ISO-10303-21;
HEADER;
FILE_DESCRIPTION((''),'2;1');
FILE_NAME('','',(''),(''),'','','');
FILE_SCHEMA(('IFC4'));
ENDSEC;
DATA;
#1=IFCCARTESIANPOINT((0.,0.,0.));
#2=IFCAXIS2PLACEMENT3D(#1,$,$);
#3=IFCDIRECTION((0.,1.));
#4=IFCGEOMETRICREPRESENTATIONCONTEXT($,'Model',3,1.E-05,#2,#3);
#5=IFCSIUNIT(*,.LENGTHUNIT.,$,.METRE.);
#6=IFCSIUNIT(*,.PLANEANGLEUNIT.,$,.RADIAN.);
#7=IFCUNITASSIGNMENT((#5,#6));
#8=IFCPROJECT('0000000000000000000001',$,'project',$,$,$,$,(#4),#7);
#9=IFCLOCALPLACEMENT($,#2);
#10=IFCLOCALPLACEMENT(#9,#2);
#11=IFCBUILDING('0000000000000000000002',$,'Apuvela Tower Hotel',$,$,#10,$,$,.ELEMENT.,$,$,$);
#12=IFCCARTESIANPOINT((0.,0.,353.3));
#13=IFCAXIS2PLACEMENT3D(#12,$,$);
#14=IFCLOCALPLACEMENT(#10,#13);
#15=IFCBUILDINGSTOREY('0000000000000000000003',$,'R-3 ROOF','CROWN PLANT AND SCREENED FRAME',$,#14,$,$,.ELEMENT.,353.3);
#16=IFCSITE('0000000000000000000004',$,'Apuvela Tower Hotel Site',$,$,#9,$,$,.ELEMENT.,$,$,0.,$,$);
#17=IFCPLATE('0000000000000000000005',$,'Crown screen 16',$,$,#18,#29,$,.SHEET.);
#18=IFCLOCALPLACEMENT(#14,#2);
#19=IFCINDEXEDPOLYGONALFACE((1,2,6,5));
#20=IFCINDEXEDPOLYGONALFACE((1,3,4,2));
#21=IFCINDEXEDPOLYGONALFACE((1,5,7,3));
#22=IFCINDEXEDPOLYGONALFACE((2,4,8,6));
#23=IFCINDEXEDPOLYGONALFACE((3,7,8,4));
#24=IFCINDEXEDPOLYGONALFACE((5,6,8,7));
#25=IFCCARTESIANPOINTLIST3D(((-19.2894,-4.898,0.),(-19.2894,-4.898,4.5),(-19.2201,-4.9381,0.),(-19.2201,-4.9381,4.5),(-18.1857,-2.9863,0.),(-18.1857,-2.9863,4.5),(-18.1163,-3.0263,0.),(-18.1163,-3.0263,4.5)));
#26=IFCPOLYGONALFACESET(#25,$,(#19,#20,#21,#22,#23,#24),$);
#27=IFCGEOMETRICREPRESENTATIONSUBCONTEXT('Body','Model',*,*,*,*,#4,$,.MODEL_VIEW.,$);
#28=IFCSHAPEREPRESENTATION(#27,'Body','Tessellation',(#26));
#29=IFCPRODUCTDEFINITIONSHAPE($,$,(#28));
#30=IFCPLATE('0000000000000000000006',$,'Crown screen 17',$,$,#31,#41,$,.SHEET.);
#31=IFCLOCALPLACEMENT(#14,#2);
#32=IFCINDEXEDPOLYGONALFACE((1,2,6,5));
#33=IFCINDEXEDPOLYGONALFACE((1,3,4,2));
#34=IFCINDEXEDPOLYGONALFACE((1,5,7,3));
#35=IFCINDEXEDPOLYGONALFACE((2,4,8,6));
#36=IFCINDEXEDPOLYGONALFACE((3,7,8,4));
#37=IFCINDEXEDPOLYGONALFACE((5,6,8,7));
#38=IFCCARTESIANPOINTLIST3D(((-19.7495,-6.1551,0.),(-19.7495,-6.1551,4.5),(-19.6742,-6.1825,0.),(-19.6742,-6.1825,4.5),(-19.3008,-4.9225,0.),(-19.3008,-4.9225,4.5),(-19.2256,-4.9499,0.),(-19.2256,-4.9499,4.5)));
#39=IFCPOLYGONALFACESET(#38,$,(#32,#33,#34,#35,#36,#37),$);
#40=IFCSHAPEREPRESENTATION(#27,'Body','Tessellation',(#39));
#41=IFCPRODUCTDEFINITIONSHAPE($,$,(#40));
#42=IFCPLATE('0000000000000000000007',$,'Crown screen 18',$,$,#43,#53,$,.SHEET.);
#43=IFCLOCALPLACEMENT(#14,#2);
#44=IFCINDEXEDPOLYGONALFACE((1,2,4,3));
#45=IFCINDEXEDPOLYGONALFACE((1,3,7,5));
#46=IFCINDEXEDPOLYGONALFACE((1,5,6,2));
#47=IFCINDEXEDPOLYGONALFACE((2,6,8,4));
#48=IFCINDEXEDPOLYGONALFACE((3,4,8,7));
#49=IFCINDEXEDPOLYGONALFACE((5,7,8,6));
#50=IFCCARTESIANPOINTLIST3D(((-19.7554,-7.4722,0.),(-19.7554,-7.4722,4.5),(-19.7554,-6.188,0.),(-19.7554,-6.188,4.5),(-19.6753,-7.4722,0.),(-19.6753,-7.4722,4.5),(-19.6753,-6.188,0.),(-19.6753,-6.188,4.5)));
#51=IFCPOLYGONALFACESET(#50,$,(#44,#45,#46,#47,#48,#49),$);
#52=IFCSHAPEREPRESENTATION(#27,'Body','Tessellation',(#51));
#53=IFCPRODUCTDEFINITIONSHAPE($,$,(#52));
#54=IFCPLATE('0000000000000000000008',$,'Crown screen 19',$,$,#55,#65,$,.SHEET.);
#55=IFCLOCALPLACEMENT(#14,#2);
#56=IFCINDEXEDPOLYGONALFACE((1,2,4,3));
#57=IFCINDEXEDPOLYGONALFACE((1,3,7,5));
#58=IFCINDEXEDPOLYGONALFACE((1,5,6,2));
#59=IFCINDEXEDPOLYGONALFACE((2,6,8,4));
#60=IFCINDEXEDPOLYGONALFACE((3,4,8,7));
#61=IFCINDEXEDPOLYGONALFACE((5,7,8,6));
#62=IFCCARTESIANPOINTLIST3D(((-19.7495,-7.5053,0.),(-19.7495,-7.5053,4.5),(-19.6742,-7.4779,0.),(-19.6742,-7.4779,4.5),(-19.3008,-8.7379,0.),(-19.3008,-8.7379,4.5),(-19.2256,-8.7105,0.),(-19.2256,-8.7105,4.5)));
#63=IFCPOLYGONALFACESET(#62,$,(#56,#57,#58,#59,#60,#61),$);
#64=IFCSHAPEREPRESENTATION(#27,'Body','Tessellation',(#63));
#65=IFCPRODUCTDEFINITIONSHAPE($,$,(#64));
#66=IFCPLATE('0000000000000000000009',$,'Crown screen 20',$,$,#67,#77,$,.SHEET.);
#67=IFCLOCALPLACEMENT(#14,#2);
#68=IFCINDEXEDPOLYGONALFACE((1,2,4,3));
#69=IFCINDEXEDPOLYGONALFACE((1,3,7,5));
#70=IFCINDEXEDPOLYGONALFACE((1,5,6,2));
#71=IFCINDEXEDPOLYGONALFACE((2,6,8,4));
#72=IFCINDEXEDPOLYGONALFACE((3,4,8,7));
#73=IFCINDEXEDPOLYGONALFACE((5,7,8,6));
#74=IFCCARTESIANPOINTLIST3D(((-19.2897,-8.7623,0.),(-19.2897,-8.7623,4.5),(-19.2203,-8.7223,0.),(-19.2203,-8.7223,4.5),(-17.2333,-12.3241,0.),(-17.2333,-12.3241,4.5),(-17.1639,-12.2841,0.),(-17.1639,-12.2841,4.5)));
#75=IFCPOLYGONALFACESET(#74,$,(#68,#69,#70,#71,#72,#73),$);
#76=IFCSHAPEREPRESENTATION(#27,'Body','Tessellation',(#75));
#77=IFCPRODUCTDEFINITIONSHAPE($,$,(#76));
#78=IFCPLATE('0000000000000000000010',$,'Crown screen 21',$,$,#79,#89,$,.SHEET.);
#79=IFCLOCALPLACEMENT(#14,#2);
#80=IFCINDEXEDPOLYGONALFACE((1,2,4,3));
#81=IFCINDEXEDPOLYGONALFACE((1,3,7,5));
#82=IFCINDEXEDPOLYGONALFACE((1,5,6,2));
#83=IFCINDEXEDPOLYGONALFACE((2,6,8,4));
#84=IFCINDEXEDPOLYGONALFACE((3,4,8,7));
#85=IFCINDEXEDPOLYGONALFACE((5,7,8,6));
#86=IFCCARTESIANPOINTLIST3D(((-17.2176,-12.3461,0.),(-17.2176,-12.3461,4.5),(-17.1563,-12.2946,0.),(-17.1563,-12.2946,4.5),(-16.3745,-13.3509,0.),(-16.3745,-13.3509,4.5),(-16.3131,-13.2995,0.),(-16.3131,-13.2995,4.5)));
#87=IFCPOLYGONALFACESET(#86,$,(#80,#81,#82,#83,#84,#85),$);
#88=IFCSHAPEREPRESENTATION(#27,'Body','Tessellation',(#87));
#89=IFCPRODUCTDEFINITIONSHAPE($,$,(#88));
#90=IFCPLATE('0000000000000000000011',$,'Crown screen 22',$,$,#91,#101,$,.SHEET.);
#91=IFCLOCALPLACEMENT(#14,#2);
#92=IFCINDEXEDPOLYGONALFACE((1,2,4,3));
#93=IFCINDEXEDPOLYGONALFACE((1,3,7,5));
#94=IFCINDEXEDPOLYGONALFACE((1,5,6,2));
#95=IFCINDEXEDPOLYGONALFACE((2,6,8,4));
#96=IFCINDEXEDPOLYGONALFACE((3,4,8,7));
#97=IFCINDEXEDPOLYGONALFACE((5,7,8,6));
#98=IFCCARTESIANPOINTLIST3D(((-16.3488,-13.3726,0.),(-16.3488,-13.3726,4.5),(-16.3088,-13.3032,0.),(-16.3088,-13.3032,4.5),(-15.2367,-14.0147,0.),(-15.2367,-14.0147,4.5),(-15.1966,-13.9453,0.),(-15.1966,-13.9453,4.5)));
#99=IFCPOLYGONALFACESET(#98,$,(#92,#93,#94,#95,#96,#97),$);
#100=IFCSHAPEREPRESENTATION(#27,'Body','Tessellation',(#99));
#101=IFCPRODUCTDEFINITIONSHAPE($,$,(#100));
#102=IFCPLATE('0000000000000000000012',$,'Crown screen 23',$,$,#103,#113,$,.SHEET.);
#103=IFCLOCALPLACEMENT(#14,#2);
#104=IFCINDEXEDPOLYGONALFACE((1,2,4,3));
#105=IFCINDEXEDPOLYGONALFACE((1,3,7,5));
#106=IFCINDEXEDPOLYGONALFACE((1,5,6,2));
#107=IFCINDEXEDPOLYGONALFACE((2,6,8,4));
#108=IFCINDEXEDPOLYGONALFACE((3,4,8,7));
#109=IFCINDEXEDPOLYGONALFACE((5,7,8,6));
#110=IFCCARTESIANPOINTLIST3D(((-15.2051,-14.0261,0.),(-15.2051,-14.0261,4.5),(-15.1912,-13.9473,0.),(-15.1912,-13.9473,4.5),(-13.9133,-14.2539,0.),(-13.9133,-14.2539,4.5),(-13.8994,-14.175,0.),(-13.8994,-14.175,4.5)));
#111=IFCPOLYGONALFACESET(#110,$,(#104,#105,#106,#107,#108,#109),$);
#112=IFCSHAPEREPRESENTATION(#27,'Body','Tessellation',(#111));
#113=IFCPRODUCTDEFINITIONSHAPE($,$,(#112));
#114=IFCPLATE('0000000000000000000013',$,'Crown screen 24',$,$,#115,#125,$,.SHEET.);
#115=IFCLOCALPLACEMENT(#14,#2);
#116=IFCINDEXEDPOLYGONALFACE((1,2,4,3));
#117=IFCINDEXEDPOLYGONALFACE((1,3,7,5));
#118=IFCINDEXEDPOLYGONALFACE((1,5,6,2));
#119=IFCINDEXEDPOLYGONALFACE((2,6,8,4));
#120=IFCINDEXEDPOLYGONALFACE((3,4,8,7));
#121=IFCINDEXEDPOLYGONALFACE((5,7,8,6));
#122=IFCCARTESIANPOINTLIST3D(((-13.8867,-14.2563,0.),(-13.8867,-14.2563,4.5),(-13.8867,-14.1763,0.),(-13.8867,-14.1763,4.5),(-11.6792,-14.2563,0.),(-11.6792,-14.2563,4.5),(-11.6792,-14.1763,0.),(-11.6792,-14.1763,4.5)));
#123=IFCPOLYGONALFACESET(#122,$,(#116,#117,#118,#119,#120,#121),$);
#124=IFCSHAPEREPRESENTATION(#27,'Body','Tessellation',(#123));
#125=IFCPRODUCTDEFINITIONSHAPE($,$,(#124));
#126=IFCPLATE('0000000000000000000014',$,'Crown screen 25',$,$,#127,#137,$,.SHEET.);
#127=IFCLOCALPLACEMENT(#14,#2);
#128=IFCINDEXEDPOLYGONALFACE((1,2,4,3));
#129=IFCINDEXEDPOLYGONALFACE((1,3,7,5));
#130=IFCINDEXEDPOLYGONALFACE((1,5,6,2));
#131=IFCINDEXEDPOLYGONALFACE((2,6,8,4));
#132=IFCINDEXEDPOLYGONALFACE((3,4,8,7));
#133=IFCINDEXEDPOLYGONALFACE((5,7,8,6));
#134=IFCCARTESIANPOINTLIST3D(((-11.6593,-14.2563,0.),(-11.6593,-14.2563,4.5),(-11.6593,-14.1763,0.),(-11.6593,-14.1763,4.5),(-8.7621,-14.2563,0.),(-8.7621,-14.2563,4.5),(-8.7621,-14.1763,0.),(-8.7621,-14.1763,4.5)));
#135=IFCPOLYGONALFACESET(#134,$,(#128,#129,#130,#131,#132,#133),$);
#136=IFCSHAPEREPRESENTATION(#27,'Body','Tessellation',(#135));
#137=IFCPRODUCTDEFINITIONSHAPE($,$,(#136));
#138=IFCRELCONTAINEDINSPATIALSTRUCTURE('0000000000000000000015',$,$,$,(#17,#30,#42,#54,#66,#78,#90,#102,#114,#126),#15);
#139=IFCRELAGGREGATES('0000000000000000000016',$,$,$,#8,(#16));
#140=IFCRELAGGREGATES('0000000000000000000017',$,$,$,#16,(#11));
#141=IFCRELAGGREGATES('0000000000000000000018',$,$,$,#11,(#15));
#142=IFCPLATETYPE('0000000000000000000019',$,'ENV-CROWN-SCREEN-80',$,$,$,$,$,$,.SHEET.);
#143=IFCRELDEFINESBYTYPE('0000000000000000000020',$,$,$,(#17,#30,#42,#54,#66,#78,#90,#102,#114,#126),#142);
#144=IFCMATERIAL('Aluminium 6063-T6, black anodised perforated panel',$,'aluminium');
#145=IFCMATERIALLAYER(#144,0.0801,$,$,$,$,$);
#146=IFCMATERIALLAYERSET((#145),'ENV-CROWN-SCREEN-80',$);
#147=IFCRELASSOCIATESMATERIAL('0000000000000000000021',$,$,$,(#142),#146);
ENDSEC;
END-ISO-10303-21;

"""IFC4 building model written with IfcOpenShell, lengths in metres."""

from ifc_helpers import new_model, si_unit, direction, frame, origin, origin_2d, place, context, subcontext, project, spatial, rectangle, extrude, material, layer, layer_set, type_object, element, save


model = new_model("IFC4")

# Units and contexts
model_context = context("Model", 3, precision=1e-05, world=origin(), true_north=direction((0.0, 1.0)))
body_context = subcontext(model_context, "Body", "Model", "MODEL_VIEW")
ifc_project = project(units=[si_unit("LENGTHUNIT", "METRE"), si_unit("PLANEANGLEUNIT", "RADIAN")], contexts=[model_context])

# Site, building, storey
site_placement = place(None, origin())
site = spatial("IfcSite", under=ifc_project, at=site_placement, Name="Apuvela Tower Hotel Site", CompositionType="ELEMENT", RefElevation=0.0)
building_placement = place(site_placement, origin())
building = spatial("IfcBuilding", under=site, at=building_placement, Name="Apuvela Tower Hotel", CompositionType="ELEMENT")
storey_placement = place(building_placement, frame((0.0, 0.0, 353.3)))
storey = spatial("IfcBuildingStorey", under=building, at=storey_placement, Name="R-3 ROOF", Description="CROWN PLANT AND SCREENED FRAME", CompositionType="ELEMENT", Elevation=353.3)

# Plates
ifc_material_1 = material(Name="Aluminium 6063-T6, black anodised perforated panel", Category="aluminium")
ifc_layer = layer(ifc_material_1, 0.0801)
ifc_layer_set = layer_set([ifc_layer], Name="ENV-CROWN-SCREEN-80")
plate_type = type_object("IfcPlateType", Name="ENV-CROWN-SCREEN-80", PredefinedType="SHEET", material=ifc_layer_set)
plate_1_placement = place(storey_placement, frame((-18.7029, -3.9622, 0.0), z_axis=(0.0, 0.0, 1.0), x_axis=(-0.5, -0.866025, 0.0)))
element("IfcPlate", 1, at=plate_1_placement, inside=storey, type_object=plate_type, Name="Crown screen 16", PredefinedType="SHEET", context=body_context, shape_type="SweptSolid", body=[
    extrude(rectangle(XDim=2.2075, YDim=0.0801, at=origin_2d()), origin(), (0.0, 0.0, 1.0), 4.5),
])
plate_2_placement = place(storey_placement, frame((-19.4875, -5.5525, 0.0), z_axis=(0.0, 0.0, 1.0), x_axis=(-0.34202, -0.939693, 0.0)))
element("IfcPlate", 2, at=plate_2_placement, inside=storey, type_object=plate_type, Name="Crown screen 17", PredefinedType="SHEET", context=body_context, shape_type="SweptSolid", body=[
    extrude(rectangle(XDim=1.3118, YDim=0.0801, at=origin_2d()), origin(), (0.0, 0.0, 1.0), 4.5),
])
plate_3_placement = place(storey_placement, frame((-19.7153, -6.8301, 0.0), z_axis=(0.0, 0.0, 1.0), x_axis=(0.0, -1.0, 0.0)))
element("IfcPlate", 3, at=plate_3_placement, inside=storey, type_object=plate_type, Name="Crown screen 18", PredefinedType="SHEET", context=body_context, shape_type="SweptSolid", body=[
    extrude(rectangle(XDim=1.2842, YDim=0.0801, at=origin_2d()), origin(), (0.0, 0.0, 1.0), 4.5),
])
plate_4_placement = place(storey_placement, frame((-19.4875, -8.1079, 0.0), z_axis=(0.0, 0.0, 1.0), x_axis=(0.34202, -0.939693, 0.0)))
element("IfcPlate", 4, at=plate_4_placement, inside=storey, type_object=plate_type, Name="Crown screen 19", PredefinedType="SHEET", context=body_context, shape_type="SweptSolid", body=[
    extrude(rectangle(XDim=1.3118, YDim=0.0801, at=origin_2d()), origin(), (0.0, 0.0, 1.0), 4.5),
])
plate_5_placement = place(storey_placement, frame((-18.2268, -10.5232, 0.0), z_axis=(0.0, 0.0, 1.0), x_axis=(0.5, -0.866025, 0.0)))
element("IfcPlate", 5, at=plate_5_placement, inside=storey, type_object=plate_type, Name="Crown screen 20", PredefinedType="SHEET", context=body_context, shape_type="SweptSolid", body=[
    extrude(rectangle(XDim=4.1128, YDim=0.0801, at=origin_2d()), origin(), (0.0, 0.0, 1.0), 4.5),
])
plate_6_placement = place(storey_placement, frame((-16.7654, -12.8228, 0.0), z_axis=(0.0, 0.0, 1.0), x_axis=(0.642788, -0.766044, 0.0)))
element("IfcPlate", 6, at=plate_6_placement, inside=storey, type_object=plate_type, Name="Crown screen 21", PredefinedType="SHEET", context=body_context, shape_type="SweptSolid", body=[
    extrude(rectangle(XDim=1.3118, YDim=0.0801, at=origin_2d()), origin(), (0.0, 0.0, 1.0), 4.5),
])
plate_7_placement = place(storey_placement, frame((-15.7727, -13.6589, 0.0), z_axis=(0.0, 0.0, 1.0), x_axis=(0.866025, -0.5, 0.0)))
element("IfcPlate", 7, at=plate_7_placement, inside=storey, type_object=plate_type, Name="Crown screen 22", PredefinedType="SHEET", context=body_context, shape_type="SweptSolid", body=[
    extrude(rectangle(XDim=1.2842, YDim=0.0801, at=origin_2d()), origin(), (0.0, 0.0, 1.0), 4.5),
])
plate_8_placement = place(storey_placement, frame((-14.5522, -14.1006, 0.0), z_axis=(0.0, 0.0, 1.0), x_axis=(0.984808, -0.173648, 0.0)))
element("IfcPlate", 8, at=plate_8_placement, inside=storey, type_object=plate_type, Name="Crown screen 23", PredefinedType="SHEET", context=body_context, shape_type="SweptSolid", body=[
    extrude(rectangle(XDim=1.3118, YDim=0.0801, at=origin_2d()), origin(), (0.0, 0.0, 1.0), 4.5),
])
plate_9_placement = place(storey_placement, frame((-12.783, -14.2163, 0.0), z_axis=(0.0, 0.0, 1.0), x_axis=(1.0, 0.0, 0.0)))
element("IfcPlate", 9, at=plate_9_placement, inside=storey, type_object=plate_type, Name="Crown screen 24", PredefinedType="SHEET", context=body_context, shape_type="SweptSolid", body=[
    extrude(rectangle(XDim=2.2075, YDim=0.0801, at=origin_2d()), origin(), (0.0, 0.0, 1.0), 4.5),
])
plate_10_placement = place(storey_placement, frame((-10.2107, -14.2163, 0.0), z_axis=(0.0, 0.0, 1.0), x_axis=(1.0, 0.0, 0.0)))
element("IfcPlate", 10, at=plate_10_placement, inside=storey, type_object=plate_type, Name="Crown screen 25", PredefinedType="SHEET", context=body_context, shape_type="SweptSolid", body=[
    extrude(rectangle(XDim=2.8972, YDim=0.0801, at=origin_2d()), origin(), (0.0, 0.0, 1.0), 4.5),
])

save(model, "model.ifc")
